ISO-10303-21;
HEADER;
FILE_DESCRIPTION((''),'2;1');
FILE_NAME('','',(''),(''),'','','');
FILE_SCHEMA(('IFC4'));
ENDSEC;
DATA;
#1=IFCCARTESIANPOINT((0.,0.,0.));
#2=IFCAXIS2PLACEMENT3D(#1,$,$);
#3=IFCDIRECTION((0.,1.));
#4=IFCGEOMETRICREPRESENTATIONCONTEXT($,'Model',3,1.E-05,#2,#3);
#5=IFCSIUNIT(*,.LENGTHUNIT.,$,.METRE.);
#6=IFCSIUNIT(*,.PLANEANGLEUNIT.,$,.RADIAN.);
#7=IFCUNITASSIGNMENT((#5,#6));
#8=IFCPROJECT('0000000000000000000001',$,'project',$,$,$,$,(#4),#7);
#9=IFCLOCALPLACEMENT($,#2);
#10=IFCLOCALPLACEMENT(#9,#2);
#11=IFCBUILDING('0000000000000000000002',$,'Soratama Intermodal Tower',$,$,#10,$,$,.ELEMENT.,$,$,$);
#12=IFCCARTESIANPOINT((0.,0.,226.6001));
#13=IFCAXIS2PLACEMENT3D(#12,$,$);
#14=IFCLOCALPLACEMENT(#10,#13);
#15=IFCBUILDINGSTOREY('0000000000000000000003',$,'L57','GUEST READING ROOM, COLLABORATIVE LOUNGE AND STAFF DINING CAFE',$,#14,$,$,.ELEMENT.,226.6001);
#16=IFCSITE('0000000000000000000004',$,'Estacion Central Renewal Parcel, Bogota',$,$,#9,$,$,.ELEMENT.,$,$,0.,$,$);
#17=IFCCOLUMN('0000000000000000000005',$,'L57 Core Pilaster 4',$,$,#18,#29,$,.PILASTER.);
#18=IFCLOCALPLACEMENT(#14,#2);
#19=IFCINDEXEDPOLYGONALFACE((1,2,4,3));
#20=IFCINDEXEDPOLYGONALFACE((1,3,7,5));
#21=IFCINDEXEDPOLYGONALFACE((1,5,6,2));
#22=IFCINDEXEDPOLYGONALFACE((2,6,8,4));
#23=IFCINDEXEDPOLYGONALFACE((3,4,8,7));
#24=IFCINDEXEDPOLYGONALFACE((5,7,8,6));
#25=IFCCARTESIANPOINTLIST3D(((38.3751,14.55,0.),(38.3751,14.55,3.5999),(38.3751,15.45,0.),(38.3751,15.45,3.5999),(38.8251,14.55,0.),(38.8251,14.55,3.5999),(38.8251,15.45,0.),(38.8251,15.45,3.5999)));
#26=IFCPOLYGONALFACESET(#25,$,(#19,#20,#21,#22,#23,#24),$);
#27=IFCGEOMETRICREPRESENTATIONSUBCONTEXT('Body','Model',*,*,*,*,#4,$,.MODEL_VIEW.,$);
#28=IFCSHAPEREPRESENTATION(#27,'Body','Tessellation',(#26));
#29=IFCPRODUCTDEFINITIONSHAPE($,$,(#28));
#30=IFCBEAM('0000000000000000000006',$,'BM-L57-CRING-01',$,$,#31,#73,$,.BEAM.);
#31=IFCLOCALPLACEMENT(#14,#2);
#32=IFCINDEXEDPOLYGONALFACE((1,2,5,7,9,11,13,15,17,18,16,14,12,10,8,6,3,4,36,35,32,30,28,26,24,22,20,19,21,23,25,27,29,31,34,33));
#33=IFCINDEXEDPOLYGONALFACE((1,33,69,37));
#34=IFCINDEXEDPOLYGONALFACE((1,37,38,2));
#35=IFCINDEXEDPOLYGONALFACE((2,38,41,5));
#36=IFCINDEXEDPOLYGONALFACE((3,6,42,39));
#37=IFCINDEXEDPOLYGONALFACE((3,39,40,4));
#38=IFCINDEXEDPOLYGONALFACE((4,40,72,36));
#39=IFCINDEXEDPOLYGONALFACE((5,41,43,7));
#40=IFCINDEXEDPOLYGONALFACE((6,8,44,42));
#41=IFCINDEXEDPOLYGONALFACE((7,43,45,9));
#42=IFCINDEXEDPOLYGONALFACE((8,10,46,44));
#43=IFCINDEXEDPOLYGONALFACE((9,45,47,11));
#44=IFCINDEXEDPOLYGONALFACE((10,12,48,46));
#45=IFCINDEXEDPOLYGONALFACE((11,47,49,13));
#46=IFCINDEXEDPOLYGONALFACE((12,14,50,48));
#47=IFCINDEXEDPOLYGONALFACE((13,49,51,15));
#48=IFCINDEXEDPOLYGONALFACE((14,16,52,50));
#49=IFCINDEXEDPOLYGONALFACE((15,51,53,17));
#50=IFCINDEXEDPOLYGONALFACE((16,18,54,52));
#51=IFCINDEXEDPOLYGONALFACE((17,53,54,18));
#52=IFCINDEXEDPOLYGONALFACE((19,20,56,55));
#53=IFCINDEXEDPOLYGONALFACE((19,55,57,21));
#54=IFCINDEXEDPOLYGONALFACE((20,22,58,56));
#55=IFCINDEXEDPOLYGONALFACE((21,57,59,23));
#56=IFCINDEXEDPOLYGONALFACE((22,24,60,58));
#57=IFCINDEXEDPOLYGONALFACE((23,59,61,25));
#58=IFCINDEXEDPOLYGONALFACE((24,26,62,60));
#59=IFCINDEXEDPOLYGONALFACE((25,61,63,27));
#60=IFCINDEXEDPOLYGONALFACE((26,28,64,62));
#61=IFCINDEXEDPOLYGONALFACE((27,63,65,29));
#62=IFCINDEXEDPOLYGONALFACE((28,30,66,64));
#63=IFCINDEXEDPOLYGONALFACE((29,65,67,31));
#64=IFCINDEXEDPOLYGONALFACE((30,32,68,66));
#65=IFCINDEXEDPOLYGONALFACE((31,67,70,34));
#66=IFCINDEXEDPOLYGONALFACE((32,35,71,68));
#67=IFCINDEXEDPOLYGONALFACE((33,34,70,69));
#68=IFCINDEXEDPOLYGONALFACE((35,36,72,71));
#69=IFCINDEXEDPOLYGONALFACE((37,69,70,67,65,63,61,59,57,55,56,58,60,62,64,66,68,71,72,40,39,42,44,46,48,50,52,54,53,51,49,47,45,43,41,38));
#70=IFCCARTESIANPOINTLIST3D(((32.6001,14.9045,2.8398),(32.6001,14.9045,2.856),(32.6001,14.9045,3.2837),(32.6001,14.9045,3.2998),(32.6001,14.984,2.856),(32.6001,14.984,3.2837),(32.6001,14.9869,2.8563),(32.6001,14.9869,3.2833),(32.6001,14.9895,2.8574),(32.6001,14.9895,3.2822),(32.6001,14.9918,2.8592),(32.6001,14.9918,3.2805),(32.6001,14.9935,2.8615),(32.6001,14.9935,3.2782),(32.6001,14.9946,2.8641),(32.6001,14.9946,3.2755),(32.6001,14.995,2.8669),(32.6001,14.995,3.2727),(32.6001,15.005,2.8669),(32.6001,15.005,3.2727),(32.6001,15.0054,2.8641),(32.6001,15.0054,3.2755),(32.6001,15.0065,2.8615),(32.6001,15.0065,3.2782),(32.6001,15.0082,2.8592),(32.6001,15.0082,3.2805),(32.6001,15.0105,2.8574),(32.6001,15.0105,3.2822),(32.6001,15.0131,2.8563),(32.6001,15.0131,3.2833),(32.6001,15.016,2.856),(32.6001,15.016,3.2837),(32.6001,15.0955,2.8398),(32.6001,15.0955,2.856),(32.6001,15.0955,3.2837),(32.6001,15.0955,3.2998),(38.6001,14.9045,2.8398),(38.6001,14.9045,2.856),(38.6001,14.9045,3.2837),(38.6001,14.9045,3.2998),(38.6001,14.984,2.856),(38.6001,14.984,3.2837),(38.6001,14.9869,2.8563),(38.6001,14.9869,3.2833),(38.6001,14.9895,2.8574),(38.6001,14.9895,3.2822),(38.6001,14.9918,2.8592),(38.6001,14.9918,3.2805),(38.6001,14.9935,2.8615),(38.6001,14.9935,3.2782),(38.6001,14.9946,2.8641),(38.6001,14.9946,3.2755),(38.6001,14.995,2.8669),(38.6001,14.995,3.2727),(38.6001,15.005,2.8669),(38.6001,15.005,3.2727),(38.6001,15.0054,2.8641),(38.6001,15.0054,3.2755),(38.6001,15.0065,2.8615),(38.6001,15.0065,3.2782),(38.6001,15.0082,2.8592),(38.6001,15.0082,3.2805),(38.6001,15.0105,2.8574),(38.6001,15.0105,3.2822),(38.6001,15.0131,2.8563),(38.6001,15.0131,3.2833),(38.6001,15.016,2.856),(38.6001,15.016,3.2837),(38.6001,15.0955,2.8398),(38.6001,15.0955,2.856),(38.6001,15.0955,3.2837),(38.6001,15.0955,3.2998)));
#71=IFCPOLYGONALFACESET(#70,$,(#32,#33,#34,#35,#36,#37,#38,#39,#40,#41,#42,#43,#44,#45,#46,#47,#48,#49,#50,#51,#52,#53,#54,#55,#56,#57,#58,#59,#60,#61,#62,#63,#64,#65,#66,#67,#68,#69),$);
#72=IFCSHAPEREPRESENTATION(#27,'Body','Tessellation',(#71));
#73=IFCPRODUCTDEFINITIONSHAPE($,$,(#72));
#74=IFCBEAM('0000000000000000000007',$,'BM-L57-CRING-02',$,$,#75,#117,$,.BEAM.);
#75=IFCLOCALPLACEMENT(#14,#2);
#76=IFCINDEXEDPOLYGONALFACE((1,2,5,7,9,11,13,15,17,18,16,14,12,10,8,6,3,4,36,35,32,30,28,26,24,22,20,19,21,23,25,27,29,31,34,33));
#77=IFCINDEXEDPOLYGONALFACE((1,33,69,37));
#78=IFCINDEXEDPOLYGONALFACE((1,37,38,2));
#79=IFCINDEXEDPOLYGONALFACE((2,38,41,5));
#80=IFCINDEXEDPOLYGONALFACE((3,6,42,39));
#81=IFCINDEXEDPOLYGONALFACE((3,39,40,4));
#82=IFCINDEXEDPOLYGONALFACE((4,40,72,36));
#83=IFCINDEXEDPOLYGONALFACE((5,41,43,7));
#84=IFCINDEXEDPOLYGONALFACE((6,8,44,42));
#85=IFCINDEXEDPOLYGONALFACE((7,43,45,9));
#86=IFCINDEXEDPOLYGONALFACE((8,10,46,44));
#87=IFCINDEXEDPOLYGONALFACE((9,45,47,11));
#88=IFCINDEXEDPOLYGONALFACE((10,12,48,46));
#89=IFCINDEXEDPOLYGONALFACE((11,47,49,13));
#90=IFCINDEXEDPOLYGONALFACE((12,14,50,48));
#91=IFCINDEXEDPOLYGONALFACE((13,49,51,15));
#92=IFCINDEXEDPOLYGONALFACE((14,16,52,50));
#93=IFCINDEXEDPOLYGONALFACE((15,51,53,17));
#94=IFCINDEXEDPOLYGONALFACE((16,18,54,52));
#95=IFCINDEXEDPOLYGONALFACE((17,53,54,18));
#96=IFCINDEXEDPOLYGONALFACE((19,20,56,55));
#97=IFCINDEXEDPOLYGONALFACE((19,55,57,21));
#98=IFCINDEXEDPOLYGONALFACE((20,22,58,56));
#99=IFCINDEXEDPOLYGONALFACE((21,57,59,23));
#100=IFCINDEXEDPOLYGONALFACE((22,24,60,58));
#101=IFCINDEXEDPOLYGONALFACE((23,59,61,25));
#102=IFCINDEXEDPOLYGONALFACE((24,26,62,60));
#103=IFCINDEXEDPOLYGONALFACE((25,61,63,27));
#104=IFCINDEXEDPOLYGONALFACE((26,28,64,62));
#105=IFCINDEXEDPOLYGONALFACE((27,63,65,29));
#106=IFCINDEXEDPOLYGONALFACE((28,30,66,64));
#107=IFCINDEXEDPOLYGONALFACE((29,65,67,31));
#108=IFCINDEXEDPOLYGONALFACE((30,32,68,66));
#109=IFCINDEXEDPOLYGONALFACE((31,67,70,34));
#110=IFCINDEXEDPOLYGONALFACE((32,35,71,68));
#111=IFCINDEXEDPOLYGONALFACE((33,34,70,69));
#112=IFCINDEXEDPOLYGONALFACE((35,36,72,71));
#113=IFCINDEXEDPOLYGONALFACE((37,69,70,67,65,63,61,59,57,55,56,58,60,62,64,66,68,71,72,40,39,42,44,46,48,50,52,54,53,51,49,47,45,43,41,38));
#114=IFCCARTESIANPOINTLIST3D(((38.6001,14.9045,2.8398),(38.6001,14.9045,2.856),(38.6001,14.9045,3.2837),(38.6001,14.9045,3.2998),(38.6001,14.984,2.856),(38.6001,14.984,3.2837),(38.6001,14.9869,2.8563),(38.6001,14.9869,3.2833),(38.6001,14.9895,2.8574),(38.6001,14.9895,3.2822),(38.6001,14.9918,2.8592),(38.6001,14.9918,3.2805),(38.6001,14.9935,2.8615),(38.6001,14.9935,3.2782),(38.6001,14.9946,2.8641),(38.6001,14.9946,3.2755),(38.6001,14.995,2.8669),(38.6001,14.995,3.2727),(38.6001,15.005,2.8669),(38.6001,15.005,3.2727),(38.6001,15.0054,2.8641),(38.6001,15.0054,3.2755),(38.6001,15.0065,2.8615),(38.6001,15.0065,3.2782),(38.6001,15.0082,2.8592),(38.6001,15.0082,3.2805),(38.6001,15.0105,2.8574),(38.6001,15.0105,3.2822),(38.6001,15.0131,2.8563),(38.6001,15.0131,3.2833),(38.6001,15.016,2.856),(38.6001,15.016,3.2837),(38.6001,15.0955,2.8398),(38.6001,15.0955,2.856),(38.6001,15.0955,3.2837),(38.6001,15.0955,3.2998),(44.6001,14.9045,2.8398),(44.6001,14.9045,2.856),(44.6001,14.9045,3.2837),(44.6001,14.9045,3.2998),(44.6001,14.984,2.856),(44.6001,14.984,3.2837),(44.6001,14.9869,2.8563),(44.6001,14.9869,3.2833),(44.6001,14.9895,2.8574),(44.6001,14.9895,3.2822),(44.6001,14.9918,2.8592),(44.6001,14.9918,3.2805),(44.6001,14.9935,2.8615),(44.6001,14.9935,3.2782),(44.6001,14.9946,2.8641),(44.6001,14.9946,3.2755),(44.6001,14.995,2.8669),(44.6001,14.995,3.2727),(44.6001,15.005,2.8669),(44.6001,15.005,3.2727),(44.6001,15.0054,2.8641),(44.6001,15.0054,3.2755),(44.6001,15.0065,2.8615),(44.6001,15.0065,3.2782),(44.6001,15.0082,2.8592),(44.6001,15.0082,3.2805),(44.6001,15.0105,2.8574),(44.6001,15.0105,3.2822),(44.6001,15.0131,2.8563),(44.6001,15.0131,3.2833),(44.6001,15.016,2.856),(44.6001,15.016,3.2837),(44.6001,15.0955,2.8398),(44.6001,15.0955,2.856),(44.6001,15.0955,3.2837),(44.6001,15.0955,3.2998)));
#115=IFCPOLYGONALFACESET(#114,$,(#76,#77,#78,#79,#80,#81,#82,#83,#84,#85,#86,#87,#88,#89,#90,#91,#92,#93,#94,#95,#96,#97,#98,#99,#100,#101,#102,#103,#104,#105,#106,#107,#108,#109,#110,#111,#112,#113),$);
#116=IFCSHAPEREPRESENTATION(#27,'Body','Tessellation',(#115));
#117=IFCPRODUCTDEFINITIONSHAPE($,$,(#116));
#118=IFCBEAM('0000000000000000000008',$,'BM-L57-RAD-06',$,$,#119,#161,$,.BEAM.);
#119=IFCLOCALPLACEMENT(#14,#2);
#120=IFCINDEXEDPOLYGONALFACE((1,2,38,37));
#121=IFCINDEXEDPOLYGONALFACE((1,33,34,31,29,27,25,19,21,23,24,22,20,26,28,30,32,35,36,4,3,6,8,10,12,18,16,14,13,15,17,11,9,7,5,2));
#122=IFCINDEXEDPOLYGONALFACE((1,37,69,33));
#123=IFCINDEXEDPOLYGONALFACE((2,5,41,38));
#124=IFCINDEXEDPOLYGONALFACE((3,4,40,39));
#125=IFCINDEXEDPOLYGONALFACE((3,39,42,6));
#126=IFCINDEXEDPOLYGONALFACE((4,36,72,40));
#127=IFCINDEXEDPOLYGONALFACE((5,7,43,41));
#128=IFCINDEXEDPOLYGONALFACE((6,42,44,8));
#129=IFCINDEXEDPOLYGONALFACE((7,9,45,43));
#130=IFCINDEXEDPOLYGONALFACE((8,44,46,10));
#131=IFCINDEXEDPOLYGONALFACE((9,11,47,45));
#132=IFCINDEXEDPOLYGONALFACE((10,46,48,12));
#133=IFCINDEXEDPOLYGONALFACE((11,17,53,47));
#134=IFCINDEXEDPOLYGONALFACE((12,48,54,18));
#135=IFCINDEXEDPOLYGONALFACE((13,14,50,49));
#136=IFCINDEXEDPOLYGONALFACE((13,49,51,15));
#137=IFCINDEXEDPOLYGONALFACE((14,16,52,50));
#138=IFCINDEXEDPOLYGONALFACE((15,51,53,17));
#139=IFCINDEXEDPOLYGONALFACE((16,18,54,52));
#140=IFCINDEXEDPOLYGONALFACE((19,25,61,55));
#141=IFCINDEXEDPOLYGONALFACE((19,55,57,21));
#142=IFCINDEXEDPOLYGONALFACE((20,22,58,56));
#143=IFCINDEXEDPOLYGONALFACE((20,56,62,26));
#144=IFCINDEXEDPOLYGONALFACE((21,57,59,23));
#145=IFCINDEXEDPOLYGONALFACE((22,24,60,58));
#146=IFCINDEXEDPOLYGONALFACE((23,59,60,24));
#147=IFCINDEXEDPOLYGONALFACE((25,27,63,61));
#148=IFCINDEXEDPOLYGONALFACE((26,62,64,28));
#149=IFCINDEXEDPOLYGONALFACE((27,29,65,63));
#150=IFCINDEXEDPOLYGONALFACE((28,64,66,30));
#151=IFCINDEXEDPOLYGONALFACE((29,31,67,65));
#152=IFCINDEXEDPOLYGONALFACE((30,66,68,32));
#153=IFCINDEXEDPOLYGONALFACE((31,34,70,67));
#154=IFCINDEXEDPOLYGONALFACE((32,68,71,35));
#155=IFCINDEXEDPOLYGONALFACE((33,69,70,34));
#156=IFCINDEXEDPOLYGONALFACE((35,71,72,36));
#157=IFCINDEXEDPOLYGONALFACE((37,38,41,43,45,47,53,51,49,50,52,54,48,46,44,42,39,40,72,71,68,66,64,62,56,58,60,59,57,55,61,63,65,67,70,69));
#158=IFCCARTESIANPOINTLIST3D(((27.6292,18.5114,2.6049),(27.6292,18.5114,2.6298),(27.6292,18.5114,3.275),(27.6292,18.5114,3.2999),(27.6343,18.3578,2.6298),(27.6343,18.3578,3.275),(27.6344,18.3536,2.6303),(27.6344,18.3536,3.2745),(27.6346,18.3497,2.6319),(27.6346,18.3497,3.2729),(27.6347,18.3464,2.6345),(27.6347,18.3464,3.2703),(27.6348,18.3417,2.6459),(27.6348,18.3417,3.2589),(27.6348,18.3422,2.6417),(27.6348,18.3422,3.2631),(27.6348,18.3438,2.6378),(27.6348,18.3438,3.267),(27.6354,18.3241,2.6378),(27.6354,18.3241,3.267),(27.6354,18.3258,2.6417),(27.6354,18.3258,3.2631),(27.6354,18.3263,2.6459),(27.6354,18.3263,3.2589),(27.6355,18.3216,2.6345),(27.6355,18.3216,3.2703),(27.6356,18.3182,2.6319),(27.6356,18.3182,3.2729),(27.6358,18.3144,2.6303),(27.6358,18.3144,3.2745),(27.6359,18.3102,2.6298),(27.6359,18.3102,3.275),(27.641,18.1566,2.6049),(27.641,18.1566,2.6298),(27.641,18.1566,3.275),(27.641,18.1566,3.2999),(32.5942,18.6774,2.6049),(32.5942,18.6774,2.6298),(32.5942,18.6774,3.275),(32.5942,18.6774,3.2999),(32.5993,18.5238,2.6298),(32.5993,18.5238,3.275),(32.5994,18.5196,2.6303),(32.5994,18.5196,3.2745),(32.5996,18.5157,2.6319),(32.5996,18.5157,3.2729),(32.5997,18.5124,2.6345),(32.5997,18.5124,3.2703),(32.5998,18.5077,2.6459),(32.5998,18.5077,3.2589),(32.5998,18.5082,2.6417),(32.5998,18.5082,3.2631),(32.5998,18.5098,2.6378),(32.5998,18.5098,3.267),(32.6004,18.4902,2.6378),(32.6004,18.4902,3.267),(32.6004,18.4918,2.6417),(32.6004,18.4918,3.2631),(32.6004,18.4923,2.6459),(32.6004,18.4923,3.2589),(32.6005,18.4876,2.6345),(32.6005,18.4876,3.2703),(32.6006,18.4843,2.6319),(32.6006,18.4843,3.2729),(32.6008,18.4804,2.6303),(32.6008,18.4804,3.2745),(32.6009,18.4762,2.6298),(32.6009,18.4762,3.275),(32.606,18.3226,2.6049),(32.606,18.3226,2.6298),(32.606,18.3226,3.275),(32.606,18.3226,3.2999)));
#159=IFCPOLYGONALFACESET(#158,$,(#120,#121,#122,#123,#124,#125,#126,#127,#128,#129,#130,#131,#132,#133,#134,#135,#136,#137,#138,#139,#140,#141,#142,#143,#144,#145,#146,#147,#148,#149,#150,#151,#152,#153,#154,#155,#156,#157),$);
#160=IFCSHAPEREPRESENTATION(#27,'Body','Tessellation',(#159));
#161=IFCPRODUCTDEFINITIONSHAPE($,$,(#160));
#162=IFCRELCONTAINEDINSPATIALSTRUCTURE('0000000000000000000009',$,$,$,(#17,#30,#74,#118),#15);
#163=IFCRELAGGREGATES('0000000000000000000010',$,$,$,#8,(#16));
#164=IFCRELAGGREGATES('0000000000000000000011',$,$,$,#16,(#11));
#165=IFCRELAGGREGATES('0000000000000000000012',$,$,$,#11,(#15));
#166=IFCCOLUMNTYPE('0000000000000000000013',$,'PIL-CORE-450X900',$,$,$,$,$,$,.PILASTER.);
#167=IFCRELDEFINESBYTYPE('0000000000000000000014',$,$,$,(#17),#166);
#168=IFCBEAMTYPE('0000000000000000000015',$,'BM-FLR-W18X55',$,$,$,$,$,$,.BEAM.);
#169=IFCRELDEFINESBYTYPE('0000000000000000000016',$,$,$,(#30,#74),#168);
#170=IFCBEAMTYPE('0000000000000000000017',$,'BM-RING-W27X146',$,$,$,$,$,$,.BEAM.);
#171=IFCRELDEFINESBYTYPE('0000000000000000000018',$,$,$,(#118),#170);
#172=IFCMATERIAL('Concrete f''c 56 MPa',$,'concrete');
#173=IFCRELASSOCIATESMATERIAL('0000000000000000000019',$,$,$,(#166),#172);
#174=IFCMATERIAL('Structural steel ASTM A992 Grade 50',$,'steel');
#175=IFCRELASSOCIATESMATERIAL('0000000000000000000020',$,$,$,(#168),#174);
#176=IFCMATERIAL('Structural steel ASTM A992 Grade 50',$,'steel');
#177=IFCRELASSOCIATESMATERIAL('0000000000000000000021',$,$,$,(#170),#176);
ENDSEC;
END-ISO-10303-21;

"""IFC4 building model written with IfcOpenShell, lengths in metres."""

from ifc_helpers import new_model, si_unit, direction, frame, origin, origin_2d, place, context, subcontext, project, spatial, rectangle, i_section, extrude, material, material_profile, profile_set, type_object, element, save


model = new_model("IFC4")

# Units and contexts
model_context = context("Model", 3, precision=1e-05, world=origin(), true_north=direction((0.0, 1.0)))
body_context = subcontext(model_context, "Body", "Model", "MODEL_VIEW")
ifc_project = project(units=[si_unit("LENGTHUNIT", "METRE"), si_unit("PLANEANGLEUNIT", "RADIAN")], contexts=[model_context])

# Site, building, storey
site_placement = place(None, origin())
site = spatial("IfcSite", under=ifc_project, at=site_placement, Name="Estacion Central Renewal Parcel, Bogota", CompositionType="ELEMENT", RefElevation=0.0)
building_placement = place(site_placement, origin())
building = spatial("IfcBuilding", under=site, at=building_placement, Name="Soratama Intermodal Tower", CompositionType="ELEMENT")
storey_placement = place(building_placement, frame((0.0, 0.0, 226.6001)))
storey = spatial("IfcBuildingStorey", under=building, at=storey_placement, Name="L57", Description="GUEST READING ROOM, COLLABORATIVE LOUNGE AND STAFF DINING CAFE", CompositionType="ELEMENT", Elevation=226.6001)

# Column
ifc_material_1 = material(Name="Concrete f'c 56 MPa", Category="concrete")
ifc_material_profile_1 = material_profile(ifc_material_1, rectangle(XDim=0.45, YDim=0.8999, at=origin_2d()), Name="RC450X900")
ifc_profile_set_1 = profile_set([ifc_material_profile_1], Name="Concrete f'c 56 MPa")
column_type = type_object("IfcColumnType", Name="PIL-CORE-450X900", PredefinedType="PILASTER", material=ifc_profile_set_1)
column_placement = place(storey_placement, frame((38.6001, 15.0, 0.0), z_axis=(0.0, 0.0, 1.0), x_axis=(1.0, 0.0, 0.0)))
element("IfcColumn", 1, at=column_placement, inside=storey, type_object=column_type, Name="L57 Core Pilaster 4", PredefinedType="PILASTER", context=body_context, shape_type="SweptSolid", body=[
    extrude(rectangle(XDim=0.45, YDim=0.8999, at=origin_2d()), origin(), (0.0, 0.0, 1.0), 3.5999),
])

# Beams
ifc_material_2 = material(Name="Structural steel ASTM A992 Grade 50", Category="steel")
ifc_material_profile_2 = material_profile(ifc_material_2, i_section(OverallWidth=0.1909, OverallDepth=0.46, WebThickness=0.01, FlangeThickness=0.0161, FilletRadius=0.011, at=origin_2d()), Name="W18X55")
ifc_profile_set_2 = profile_set([ifc_material_profile_2], Name="Structural steel ASTM A992 Grade 50")
beam_type_1 = type_object("IfcBeamType", Name="BM-FLR-W18X55", PredefinedType="BEAM", material=ifc_profile_set_2)
for number, where, z_axis, x_axis, name in (
    (2, (32.6001, 15.0, 3.0698), (1.0, 0.0, 0.0), (0.0, 1.0, 0.0), "BM-L57-CRING-01"),
    (3, (38.6001, 15.0, 3.0698), (1.0, 0.0, 0.0), (0.0, 1.0, 0.0), "BM-L57-CRING-02"),
):
    element("IfcBeam", number, at=place(storey_placement, frame(where, z_axis=z_axis, x_axis=x_axis)), inside=storey, type_object=beam_type_1, Name=name, PredefinedType="BEAM", context=body_context, shape_type="SweptSolid", body=[
        extrude(i_section(OverallWidth=0.1909, OverallDepth=0.46, WebThickness=0.01, FlangeThickness=0.0161, FilletRadius=0.011, at=origin_2d()), origin(), (0.0, 0.0, 1.0), 6.0),
    ])
ifc_material_3 = material(Name="Structural steel ASTM A992 Grade 50", Category="steel")
ifc_material_profile_3 = material_profile(ifc_material_3, i_section(OverallWidth=0.355, OverallDepth=0.6951, WebThickness=0.0154, FlangeThickness=0.0249, FilletRadius=0.0161, at=origin_2d()), Name="W27X146")
ifc_profile_set_3 = profile_set([ifc_material_profile_3], Name="Structural steel ASTM A992 Grade 50")
beam_type_2 = type_object("IfcBeamType", Name="BM-RING-W27X146", PredefinedType="BEAM", material=ifc_profile_set_3)
beam_1_placement = place(storey_placement, frame((32.6001, 18.5, 2.9524), z_axis=(-0.999441, -0.033418, 0.0), x_axis=(0.033418, -0.999441, 0.0)))
element("IfcBeam", 4, at=beam_1_placement, inside=storey, type_object=beam_type_2, Name="BM-L57-RAD-06", PredefinedType="BEAM", context=body_context, shape_type="SweptSolid", body=[
    extrude(i_section(OverallWidth=0.355, OverallDepth=0.6951, WebThickness=0.0154, FlangeThickness=0.0249, FilletRadius=0.0161, at=origin_2d()), origin(), (0.0, 0.0, 1.0), 4.9678),
])

save(model, "model.ifc")
